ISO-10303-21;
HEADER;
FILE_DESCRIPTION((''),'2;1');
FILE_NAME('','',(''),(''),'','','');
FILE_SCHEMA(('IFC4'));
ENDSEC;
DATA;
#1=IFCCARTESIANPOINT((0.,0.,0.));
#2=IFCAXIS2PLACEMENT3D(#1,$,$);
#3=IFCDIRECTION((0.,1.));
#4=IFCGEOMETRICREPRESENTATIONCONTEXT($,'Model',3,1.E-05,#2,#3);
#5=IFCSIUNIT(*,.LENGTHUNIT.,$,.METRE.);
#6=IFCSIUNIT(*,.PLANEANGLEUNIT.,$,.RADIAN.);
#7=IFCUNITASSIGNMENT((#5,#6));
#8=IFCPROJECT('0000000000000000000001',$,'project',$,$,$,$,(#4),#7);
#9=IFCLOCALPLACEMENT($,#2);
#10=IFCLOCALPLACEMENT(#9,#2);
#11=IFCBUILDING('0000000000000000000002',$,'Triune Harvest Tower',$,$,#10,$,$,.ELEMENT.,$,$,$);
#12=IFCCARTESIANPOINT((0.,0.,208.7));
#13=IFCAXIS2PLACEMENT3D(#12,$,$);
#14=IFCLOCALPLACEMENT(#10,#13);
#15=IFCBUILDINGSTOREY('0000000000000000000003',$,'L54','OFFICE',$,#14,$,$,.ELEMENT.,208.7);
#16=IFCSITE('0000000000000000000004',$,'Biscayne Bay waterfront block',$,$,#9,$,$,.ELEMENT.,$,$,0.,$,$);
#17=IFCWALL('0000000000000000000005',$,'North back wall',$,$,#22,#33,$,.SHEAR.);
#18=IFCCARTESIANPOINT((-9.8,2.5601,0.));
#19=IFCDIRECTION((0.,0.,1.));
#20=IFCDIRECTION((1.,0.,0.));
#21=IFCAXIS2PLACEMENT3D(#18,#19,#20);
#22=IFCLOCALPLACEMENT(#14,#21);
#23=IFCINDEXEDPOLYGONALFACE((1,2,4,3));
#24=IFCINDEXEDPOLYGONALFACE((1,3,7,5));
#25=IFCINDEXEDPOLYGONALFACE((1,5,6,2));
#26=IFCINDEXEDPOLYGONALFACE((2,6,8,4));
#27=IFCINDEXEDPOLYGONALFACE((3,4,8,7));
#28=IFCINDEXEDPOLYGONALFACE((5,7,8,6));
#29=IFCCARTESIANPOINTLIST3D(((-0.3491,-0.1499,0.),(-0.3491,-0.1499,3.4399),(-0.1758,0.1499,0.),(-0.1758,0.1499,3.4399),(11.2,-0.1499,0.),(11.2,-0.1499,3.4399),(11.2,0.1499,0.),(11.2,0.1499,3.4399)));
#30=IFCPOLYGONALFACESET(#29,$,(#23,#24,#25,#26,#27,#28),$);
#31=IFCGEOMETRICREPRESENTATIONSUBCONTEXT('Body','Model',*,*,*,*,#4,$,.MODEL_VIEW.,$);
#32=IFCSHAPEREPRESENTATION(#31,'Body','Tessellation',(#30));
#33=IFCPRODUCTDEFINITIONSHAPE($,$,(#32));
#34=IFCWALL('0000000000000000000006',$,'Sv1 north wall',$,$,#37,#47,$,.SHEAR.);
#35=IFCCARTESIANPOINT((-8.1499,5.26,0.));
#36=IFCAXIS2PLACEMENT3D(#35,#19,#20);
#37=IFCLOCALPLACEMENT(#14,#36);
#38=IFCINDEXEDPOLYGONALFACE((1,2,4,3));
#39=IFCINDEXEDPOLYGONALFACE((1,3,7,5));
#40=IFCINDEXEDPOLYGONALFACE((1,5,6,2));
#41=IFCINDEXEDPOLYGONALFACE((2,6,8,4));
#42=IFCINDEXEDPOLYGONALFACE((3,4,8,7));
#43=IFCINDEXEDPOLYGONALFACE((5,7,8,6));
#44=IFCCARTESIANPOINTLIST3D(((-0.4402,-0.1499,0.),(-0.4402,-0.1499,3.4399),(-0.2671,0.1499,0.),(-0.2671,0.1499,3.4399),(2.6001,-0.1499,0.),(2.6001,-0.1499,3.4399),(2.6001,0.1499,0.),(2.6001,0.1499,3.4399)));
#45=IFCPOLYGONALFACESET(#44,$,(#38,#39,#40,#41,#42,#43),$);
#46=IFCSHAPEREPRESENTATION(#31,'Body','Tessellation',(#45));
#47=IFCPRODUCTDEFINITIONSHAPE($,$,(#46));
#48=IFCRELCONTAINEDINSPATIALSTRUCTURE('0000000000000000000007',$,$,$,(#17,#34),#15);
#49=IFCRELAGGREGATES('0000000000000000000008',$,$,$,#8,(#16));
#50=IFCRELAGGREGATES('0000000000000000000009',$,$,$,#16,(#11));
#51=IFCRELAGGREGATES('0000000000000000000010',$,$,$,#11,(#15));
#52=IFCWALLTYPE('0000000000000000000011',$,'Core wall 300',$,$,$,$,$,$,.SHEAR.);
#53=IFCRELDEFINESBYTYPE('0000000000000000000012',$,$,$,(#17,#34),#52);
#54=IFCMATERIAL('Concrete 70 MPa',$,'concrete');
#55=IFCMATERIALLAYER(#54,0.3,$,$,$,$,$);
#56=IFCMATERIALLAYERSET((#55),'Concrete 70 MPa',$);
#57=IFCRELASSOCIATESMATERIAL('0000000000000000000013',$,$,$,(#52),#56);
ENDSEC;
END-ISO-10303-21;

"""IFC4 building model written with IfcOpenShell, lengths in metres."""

from ifc_helpers import new_model, si_unit, direction, frame, origin, place, context, subcontext, project, spatial, polyline, outline, extrude, source, transform, mapped, material, layer, layer_set, type_object, element, save


model = new_model("IFC4")

# Units and contexts
model_context = context("Model", 3, precision=1e-05, world=origin(), true_north=direction((0.0, 1.0)))
body_context = subcontext(model_context, "Body", "Model", "MODEL_VIEW")
ifc_project = project(units=[si_unit("LENGTHUNIT", "METRE"), si_unit("PLANEANGLEUNIT", "RADIAN")], contexts=[model_context])

# Site, building, storey
site_placement = place(None, origin())
site = spatial("IfcSite", under=ifc_project, at=site_placement, Name="Biscayne Bay waterfront block", CompositionType="ELEMENT", RefElevation=0.0)
building_placement = place(site_placement, origin())
building = spatial("IfcBuilding", under=site, at=building_placement, Name="Triune Harvest Tower", CompositionType="ELEMENT")
storey_placement = place(building_placement, frame((0.0, 0.0, 208.7)))
storey = spatial("IfcBuildingStorey", under=building, at=storey_placement, Name="L54", Description="OFFICE", CompositionType="ELEMENT", Elevation=208.7)

# Shared definitions
ifc_material_1 = material(Name="Concrete 70 MPa", Category="concrete")
ifc_layer_1 = layer(ifc_material_1, 0.3)
ifc_layer_set_1 = layer_set([ifc_layer_1], Name="Concrete 70 MPa")
wall_type_1 = type_object("IfcWallType", Name="Core wall 300", PredefinedType="SHEAR", material=ifc_layer_set_1)

# Walls
shared_shape_1 = source(origin(), body_context, "Body", "SweptSolid", [
    extrude(outline(polyline([(11.2, -0.1499), (-0.3491, -0.1499), (-0.1758, 0.1499), (11.2, 0.1499), (11.2, -0.1499)])), origin(), (0.0, 0.0, 1.0), 3.4399),
])
wall_1_placement = place(storey_placement, frame((-9.8, 2.5601, 0.0), z_axis=(0.0, 0.0, 1.0), x_axis=(1.0, 0.0, 0.0)))
element("IfcWall", 1, at=wall_1_placement, inside=storey, type_object=wall_type_1, Name="North back wall", PredefinedType="SHEAR", context=body_context, shape_type="MappedRepresentation", body=[
    mapped(shared_shape_1, transform((0.0, 0.0, 0.0), scale=1.0)),
])
shared_shape_2 = source(origin(), body_context, "Body", "SweptSolid", [
    extrude(outline(polyline([(2.6001, -0.1499), (-0.4402, -0.1499), (-0.2671, 0.1499), (2.6001, 0.1499), (2.6001, -0.1499)])), origin(), (0.0, 0.0, 1.0), 3.4399),
])
wall_2_placement = place(storey_placement, frame((-8.1499, 5.26, 0.0), z_axis=(0.0, 0.0, 1.0), x_axis=(1.0, 0.0, 0.0)))
element("IfcWall", 2, at=wall_2_placement, inside=storey, type_object=wall_type_1, Name="Sv1 north wall", PredefinedType="SHEAR", context=body_context, shape_type="MappedRepresentation", body=[
    mapped(shared_shape_2, transform((0.0, 0.0, 0.0), scale=1.0)),
])

save(model, "model.ifc")
